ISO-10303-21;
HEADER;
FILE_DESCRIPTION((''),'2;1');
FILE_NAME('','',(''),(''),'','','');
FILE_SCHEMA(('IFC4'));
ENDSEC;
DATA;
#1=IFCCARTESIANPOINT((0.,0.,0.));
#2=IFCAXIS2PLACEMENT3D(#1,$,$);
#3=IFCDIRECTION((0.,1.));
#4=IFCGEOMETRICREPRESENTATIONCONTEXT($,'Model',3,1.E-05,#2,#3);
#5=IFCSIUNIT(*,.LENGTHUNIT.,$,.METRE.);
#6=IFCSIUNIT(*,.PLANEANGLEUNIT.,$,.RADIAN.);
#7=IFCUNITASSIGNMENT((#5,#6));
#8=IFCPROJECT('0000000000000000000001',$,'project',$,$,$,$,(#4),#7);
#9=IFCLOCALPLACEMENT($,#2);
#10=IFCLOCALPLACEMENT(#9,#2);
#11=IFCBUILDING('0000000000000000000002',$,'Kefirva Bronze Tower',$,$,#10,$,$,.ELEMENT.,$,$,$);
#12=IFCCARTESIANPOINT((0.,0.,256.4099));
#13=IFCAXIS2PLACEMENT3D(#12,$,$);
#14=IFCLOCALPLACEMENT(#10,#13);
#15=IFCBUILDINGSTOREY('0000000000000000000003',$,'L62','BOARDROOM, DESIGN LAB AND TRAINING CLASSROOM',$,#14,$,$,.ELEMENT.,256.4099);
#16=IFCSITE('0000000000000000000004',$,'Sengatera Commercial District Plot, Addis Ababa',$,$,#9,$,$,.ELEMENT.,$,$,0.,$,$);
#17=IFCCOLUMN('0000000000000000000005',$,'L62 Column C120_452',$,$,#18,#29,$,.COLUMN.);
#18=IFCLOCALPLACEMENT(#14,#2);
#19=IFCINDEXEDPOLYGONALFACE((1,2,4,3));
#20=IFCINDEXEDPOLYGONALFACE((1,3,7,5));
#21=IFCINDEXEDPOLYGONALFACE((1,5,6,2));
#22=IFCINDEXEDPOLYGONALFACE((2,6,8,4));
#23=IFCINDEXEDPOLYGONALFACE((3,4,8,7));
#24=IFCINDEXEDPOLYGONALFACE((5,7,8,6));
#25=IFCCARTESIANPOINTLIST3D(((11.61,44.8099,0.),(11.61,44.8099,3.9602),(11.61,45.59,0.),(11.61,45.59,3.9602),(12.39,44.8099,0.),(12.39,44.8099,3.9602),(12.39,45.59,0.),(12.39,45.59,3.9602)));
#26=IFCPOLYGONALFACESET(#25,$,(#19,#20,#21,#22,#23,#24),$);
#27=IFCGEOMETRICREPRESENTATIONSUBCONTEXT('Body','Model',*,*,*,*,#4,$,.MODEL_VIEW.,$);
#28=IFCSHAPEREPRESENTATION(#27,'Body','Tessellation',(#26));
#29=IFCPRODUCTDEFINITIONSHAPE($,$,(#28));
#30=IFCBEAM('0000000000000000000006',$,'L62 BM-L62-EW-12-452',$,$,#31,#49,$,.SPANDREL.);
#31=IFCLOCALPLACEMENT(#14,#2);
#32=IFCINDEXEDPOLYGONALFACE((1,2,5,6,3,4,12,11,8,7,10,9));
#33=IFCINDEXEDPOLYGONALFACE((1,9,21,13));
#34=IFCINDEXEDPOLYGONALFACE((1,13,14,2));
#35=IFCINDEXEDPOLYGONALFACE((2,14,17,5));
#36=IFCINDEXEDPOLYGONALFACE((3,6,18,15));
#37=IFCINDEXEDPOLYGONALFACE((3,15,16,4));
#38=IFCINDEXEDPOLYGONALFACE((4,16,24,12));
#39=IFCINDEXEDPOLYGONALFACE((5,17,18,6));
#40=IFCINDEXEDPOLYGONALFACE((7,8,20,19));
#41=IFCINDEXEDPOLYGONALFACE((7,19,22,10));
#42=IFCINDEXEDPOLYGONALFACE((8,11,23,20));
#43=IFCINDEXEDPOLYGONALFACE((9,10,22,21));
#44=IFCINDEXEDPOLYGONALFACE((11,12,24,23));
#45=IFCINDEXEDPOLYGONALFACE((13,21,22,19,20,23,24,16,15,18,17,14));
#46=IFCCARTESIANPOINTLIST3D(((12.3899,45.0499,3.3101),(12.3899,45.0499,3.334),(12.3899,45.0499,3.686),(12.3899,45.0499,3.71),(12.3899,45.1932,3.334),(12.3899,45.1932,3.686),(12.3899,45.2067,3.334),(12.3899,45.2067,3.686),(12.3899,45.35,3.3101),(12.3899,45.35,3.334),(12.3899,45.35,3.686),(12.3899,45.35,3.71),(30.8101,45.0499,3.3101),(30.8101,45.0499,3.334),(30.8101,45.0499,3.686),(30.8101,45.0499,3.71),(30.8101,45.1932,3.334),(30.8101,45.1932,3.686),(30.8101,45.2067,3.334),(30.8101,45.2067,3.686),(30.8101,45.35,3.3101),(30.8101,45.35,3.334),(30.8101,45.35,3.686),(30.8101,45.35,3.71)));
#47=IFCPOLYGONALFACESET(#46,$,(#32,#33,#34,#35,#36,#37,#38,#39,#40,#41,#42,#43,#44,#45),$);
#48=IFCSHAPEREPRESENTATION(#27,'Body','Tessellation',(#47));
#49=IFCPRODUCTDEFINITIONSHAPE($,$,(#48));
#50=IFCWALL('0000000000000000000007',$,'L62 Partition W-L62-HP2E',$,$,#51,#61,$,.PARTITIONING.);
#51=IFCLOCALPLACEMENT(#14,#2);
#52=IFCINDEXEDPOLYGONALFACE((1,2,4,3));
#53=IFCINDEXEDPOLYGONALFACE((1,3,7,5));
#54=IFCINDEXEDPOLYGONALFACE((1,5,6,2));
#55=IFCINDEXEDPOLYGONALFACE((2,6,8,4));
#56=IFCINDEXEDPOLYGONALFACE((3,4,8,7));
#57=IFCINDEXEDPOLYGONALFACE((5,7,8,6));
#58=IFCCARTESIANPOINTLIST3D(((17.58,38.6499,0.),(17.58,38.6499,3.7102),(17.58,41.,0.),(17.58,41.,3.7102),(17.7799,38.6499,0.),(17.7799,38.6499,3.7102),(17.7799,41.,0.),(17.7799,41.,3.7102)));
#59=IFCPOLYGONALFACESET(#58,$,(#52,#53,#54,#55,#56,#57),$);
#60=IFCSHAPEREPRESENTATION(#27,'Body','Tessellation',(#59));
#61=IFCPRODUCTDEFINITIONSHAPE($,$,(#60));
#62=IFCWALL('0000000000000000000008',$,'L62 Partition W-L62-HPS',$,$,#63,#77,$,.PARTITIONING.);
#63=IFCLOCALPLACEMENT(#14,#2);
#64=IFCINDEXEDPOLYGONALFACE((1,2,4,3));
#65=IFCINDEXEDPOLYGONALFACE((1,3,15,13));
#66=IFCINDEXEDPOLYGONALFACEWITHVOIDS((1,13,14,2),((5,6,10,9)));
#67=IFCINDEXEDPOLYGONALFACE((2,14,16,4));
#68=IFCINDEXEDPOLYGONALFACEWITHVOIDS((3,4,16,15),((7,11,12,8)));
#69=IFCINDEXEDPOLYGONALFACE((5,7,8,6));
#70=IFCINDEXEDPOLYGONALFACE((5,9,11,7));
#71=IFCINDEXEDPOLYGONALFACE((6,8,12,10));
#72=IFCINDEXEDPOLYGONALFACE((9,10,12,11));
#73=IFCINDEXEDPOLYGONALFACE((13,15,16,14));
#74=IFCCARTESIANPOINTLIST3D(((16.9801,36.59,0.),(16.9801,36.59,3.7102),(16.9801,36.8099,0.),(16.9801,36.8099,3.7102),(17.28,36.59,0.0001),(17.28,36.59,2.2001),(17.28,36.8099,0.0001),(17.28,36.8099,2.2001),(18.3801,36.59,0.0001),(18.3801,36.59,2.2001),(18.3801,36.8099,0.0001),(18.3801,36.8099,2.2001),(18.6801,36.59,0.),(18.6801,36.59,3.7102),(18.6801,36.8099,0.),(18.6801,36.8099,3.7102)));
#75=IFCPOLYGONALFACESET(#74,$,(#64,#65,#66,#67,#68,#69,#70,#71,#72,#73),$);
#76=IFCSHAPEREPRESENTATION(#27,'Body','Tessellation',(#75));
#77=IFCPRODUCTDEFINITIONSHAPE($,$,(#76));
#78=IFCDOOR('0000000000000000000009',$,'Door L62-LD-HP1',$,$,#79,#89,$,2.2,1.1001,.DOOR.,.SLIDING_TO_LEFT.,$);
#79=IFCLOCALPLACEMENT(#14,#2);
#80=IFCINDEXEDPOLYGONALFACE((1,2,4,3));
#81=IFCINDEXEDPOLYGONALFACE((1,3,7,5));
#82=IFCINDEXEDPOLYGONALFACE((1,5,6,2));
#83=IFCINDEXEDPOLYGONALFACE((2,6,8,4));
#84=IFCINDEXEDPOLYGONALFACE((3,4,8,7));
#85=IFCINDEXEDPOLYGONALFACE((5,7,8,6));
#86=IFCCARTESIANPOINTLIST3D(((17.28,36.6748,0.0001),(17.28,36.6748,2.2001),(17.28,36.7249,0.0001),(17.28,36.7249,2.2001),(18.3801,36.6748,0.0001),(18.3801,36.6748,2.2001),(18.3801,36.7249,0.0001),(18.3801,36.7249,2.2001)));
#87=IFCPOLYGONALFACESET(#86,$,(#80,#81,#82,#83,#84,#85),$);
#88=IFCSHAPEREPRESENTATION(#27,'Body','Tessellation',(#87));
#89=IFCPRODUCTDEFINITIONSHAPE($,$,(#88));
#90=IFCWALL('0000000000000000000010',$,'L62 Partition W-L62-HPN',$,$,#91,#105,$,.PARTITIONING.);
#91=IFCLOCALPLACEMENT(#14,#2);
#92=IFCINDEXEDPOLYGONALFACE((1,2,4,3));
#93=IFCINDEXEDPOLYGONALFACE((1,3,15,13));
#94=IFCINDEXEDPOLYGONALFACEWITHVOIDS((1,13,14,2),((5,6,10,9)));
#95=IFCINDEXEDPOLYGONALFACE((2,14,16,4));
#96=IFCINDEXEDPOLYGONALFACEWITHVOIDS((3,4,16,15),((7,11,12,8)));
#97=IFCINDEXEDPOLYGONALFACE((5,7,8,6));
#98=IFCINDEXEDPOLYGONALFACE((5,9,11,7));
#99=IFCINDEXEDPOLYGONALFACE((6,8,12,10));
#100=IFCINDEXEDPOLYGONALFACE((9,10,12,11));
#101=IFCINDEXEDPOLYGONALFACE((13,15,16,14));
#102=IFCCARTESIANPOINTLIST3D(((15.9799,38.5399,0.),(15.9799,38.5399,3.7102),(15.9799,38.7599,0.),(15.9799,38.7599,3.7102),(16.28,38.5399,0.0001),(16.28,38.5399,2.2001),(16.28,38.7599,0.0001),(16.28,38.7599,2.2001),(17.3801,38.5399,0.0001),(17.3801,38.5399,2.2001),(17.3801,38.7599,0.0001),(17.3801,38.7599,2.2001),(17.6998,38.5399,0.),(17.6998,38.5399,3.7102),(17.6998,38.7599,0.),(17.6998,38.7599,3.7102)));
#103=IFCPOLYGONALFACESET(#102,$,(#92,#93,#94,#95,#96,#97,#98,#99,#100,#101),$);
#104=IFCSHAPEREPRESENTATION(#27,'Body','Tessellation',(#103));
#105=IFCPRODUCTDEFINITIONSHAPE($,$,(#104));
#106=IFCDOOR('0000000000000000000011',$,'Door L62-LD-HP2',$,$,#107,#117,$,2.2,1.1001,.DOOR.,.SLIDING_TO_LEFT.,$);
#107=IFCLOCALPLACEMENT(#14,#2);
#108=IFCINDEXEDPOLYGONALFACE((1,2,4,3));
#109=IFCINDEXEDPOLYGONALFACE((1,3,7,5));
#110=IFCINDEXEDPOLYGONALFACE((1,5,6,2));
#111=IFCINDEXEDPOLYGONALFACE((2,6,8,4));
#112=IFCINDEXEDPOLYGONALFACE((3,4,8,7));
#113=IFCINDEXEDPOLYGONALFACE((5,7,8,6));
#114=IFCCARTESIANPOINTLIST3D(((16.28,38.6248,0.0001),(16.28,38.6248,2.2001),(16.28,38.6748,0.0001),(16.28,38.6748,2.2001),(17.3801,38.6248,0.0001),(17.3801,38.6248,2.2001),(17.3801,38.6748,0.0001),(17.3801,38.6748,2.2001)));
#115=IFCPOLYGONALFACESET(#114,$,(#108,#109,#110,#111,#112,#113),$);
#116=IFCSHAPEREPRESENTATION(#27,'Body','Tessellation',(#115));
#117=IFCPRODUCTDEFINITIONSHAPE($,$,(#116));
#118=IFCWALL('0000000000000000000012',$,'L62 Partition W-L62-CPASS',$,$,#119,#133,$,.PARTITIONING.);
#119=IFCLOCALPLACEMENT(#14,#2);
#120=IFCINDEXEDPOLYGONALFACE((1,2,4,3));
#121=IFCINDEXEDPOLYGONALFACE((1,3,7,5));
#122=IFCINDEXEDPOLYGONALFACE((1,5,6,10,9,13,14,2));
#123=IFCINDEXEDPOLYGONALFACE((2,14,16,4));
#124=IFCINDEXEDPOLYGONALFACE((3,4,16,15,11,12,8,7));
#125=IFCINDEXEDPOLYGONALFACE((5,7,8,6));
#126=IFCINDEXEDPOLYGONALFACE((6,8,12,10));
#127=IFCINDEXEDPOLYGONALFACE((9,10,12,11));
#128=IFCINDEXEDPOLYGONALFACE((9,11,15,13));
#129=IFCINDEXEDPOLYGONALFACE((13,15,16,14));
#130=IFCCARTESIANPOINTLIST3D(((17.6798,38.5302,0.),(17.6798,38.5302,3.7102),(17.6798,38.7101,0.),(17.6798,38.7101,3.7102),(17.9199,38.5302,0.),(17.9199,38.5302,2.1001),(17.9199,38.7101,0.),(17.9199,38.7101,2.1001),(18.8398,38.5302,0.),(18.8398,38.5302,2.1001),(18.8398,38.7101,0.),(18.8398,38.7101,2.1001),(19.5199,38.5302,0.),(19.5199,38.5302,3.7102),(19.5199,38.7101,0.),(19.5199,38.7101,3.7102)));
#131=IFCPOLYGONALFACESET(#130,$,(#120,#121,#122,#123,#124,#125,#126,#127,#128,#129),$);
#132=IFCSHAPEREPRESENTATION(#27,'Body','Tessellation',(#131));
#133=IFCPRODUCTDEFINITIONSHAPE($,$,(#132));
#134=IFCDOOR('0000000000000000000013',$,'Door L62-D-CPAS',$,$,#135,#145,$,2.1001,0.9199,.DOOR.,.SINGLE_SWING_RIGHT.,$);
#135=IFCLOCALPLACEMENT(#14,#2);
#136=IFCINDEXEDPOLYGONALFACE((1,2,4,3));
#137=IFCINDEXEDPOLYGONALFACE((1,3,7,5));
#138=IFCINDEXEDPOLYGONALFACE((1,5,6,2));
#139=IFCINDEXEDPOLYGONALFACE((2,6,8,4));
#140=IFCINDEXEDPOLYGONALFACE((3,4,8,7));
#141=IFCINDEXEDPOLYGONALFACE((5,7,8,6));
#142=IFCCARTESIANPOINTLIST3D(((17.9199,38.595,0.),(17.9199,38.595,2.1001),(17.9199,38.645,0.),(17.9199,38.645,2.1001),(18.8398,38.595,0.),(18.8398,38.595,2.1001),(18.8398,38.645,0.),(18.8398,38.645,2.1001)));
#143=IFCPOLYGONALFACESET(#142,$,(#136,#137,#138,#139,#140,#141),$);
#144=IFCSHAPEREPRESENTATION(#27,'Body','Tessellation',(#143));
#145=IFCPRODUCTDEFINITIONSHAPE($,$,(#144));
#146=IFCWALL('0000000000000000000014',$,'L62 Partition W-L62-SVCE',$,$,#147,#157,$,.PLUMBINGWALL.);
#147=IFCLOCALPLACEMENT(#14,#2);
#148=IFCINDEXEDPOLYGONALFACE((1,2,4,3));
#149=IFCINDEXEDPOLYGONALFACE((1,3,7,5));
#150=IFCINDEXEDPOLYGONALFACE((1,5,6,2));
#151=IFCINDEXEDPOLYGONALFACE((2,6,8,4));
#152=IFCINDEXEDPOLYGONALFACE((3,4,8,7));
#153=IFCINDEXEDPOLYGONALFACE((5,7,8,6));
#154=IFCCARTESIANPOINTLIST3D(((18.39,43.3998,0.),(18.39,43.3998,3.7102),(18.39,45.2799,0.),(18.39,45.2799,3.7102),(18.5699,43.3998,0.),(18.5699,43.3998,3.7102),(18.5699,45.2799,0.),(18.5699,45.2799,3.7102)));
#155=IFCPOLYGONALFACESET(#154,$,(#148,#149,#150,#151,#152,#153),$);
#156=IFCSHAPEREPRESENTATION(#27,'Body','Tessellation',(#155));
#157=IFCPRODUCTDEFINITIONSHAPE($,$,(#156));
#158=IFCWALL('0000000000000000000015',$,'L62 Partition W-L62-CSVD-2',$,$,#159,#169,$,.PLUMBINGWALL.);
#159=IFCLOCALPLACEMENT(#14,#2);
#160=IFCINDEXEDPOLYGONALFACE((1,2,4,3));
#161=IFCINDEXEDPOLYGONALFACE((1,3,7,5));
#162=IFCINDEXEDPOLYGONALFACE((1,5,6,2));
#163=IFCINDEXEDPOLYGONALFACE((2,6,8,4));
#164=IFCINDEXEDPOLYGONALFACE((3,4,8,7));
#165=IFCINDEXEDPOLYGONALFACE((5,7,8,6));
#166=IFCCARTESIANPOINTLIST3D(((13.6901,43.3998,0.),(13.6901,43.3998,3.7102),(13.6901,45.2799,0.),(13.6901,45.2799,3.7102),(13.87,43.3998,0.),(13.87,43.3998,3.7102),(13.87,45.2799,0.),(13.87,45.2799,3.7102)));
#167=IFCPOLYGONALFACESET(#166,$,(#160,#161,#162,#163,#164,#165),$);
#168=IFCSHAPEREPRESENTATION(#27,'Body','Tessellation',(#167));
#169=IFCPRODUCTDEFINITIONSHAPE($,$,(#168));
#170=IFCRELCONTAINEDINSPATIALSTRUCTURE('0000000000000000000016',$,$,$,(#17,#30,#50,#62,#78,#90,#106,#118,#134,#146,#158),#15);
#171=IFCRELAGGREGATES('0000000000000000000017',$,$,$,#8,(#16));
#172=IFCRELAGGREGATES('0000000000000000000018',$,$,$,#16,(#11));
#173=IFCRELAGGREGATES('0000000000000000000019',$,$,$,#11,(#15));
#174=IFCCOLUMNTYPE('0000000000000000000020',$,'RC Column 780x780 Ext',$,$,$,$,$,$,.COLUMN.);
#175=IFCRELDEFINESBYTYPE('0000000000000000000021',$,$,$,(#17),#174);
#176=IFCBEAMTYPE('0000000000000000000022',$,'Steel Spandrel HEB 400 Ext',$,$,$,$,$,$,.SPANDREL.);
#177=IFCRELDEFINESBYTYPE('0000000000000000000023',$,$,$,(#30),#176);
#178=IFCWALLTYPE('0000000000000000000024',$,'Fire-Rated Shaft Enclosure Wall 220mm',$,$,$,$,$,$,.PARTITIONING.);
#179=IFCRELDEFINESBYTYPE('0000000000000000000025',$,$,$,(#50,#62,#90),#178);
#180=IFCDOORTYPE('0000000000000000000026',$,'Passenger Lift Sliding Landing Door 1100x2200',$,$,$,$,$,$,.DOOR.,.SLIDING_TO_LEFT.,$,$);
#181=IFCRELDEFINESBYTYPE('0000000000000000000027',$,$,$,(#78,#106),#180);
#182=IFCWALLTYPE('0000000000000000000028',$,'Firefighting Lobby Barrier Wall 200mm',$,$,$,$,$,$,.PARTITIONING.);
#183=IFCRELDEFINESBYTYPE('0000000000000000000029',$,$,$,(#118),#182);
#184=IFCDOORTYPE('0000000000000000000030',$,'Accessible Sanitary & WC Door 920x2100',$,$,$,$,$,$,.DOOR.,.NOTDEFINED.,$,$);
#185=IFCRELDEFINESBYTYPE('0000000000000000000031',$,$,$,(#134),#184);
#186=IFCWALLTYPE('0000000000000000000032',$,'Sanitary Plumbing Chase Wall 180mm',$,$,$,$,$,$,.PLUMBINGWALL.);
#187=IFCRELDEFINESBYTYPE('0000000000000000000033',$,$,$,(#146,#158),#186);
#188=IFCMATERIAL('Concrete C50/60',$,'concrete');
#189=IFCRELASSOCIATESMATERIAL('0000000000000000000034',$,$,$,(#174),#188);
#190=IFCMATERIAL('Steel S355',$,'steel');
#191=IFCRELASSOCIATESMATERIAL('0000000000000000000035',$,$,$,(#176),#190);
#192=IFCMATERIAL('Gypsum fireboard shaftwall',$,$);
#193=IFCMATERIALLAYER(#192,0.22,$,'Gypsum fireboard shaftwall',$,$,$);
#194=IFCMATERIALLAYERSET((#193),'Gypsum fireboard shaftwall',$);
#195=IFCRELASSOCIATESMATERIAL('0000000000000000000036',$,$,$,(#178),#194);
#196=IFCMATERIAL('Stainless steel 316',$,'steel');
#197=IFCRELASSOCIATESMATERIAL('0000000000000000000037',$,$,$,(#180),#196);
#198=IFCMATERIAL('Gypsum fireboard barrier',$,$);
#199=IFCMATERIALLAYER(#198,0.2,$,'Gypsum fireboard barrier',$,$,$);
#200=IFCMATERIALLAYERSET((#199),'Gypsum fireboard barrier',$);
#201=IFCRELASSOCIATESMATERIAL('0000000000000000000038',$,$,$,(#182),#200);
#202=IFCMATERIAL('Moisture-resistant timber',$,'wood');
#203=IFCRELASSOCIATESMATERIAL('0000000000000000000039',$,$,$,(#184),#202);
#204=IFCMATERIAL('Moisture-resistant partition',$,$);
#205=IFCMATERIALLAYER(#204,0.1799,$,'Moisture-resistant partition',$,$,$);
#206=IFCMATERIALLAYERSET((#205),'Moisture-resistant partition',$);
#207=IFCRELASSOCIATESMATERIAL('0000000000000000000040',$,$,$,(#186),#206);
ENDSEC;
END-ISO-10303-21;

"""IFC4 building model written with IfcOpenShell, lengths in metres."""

from ifc_helpers import new_model, si_unit, direction, frame, frame_2d, origin, origin_2d, place, context, subcontext, project, spatial, rectangle, i_section, extrude, material, layer, layer_set, material_profile, profile_set, type_object, element, fill, save


model = new_model("IFC4")

# Units and contexts
model_context = context("Model", 3, precision=1e-05, world=origin(), true_north=direction((0.0, 1.0)))
body_context = subcontext(model_context, "Body", "Model", "MODEL_VIEW")
ifc_project = project(units=[si_unit("LENGTHUNIT", "METRE"), si_unit("PLANEANGLEUNIT", "RADIAN")], contexts=[model_context])

# Site, building, storey
site_placement = place(None, origin())
site = spatial("IfcSite", under=ifc_project, at=site_placement, Name="Sengatera Commercial District Plot, Addis Ababa", CompositionType="ELEMENT", RefElevation=0.0)
building_placement = place(site_placement, origin())
building = spatial("IfcBuilding", under=site, at=building_placement, Name="Kefirva Bronze Tower", CompositionType="ELEMENT")
storey_placement = place(building_placement, frame((0.0, 0.0, 256.4099)))
storey = spatial("IfcBuildingStorey", under=building, at=storey_placement, Name="L62", Description="BOARDROOM, DESIGN LAB AND TRAINING CLASSROOM", CompositionType="ELEMENT", Elevation=256.4099)

# Column
ifc_material_1 = material(Name="Concrete C50/60", Category="concrete")
ifc_material_profile_1 = material_profile(ifc_material_1, rectangle(XDim=0.78, YDim=0.78, at=origin_2d()), Name="RC 780x780")
ifc_profile_set_1 = profile_set([ifc_material_profile_1], Name="Concrete C50/60")
column_type = type_object("IfcColumnType", Name="RC Column 780x780 Ext", PredefinedType="COLUMN", material=ifc_profile_set_1)
column_placement = place(storey_placement, frame((12.0, 45.2, 0.0), z_axis=(0.0, 0.0, 1.0), x_axis=(1.0, 0.0, 0.0)))
element("IfcColumn", 1, at=column_placement, inside=storey, type_object=column_type, Name="L62 Column C120_452", PredefinedType="COLUMN", context=body_context, shape_type="SweptSolid", body=[
    extrude(rectangle(XDim=0.78, YDim=0.78, at=origin_2d()), origin(), (0.0, 0.0, 1.0), 3.9602),
])

# Beam
ifc_material_2 = material(Name="Steel S355", Category="steel")
ifc_material_profile_2 = material_profile(ifc_material_2, i_section(OverallWidth=0.3, OverallDepth=0.3999, WebThickness=0.0134, FlangeThickness=0.0239, at=origin_2d()), Name="HEB 400")
ifc_profile_set_2 = profile_set([ifc_material_profile_2], Name="Steel S355")
beam_type = type_object("IfcBeamType", Name="Steel Spandrel HEB 400 Ext", PredefinedType="SPANDREL", material=ifc_profile_set_2)
beam_placement = place(storey_placement, frame((12.3899, 45.2, 3.51), z_axis=(1.0, 0.0, 0.0), x_axis=(0.0, 1.0, 0.0)))
element("IfcBeam", 2, at=beam_placement, inside=storey, type_object=beam_type, Name="L62 BM-L62-EW-12-452", PredefinedType="SPANDREL", context=body_context, shape_type="SweptSolid", body=[
    extrude(i_section(OverallWidth=0.3, OverallDepth=0.3999, WebThickness=0.0134, FlangeThickness=0.0239, at=origin_2d()), origin(), (0.0, 0.0, 1.0), 18.4202),
])

# Wall
ifc_material_3 = material(Name="Gypsum fireboard shaftwall")
ifc_layer_1 = layer(ifc_material_3, 0.22, Name="Gypsum fireboard shaftwall")
ifc_layer_set_1 = layer_set([ifc_layer_1], Name="Gypsum fireboard shaftwall")
wall_type_1 = type_object("IfcWallType", Name="Fire-Rated Shaft Enclosure Wall 220mm", PredefinedType="PARTITIONING", material=ifc_layer_set_1)
wall_1_placement = place(storey_placement, frame((17.6799, 38.6499, 0.0), z_axis=(0.0, 0.0, 1.0), x_axis=(0.0, 1.0, 0.0)))
element("IfcWall", 3, at=wall_1_placement, inside=storey, type_object=wall_type_1, Name="L62 Partition W-L62-HP2E", PredefinedType="PARTITIONING", context=body_context, shape_type="SweptSolid", body=[
    extrude(rectangle(XDim=2.3501, YDim=0.2, at=frame_2d((1.175, 0.0))), origin(), (0.0, 0.0, 1.0), 3.7102),
])

# Walls, openings, doors
wall_2_placement = place(storey_placement, frame((16.98, 36.7, 0.0), z_axis=(0.0, 0.0, 1.0), x_axis=(1.0, 0.0, 0.0)))
wall_2 = element("IfcWall", 4, at=wall_2_placement, inside=storey, type_object=wall_type_1, Name="L62 Partition W-L62-HPS", PredefinedType="PARTITIONING", context=body_context, shape_type="SweptSolid", body=[
    extrude(rectangle(XDim=1.7, YDim=0.22, at=frame_2d((0.8501, 0.0))), origin(), (0.0, 0.0, 1.0), 3.7102),
])
opening_1_placement = place(wall_2_placement, frame((0.3, 0.0, 0.0)))
opening_1 = element("IfcOpeningElement", 5, at=opening_1_placement, cuts=wall_2, PredefinedType="OPENING", context=body_context, shape_type="SweptSolid", body=[
    extrude(rectangle(XDim=1.1001, YDim=2.2, at=frame_2d((0.55, 1.1001))), frame((0.0, 0.1201, 0.0), z_axis=(0.0, -1.0, 0.0), x_axis=(1.0, 0.0, 0.0)), (0.0, 0.0, 1.0), 0.24),
])
ifc_material_4 = material(Name="Stainless steel 316", Category="steel")
door_type_1 = type_object("IfcDoorType", Name="Passenger Lift Sliding Landing Door 1100x2200", OperationType="SLIDING_TO_LEFT", PredefinedType="DOOR", material=ifc_material_4)
door_1_placement = place(opening_1_placement, origin())
door_1 = element("IfcDoor", 6, at=door_1_placement, inside=storey, type_object=door_type_1, Name="Door L62-LD-HP1", OperationType="SLIDING_TO_LEFT", OverallHeight=2.2, OverallWidth=1.1001, PredefinedType="DOOR", context=body_context, shape_type="SweptSolid", body=[
    extrude(rectangle(XDim=1.1001, YDim=2.2, at=frame_2d((0.55, 1.1001))), frame((0.0, 0.0249, 0.0), z_axis=(0.0, -1.0, 0.0), x_axis=(1.0, 0.0, 0.0)), (0.0, 0.0, 1.0), 0.05),
])
fill(opening_1, door_1)
wall_3_placement = place(storey_placement, frame((15.98, 38.6499, 0.0), z_axis=(0.0, 0.0, 1.0), x_axis=(1.0, 0.0, 0.0)))
wall_3 = element("IfcWall", 7, at=wall_3_placement, inside=storey, type_object=wall_type_1, Name="L62 Partition W-L62-HPN", PredefinedType="PARTITIONING", context=body_context, shape_type="SweptSolid", body=[
    extrude(rectangle(XDim=1.72, YDim=0.22, at=frame_2d((0.8599, 0.0))), origin(), (0.0, 0.0, 1.0), 3.7102),
])
opening_2_placement = place(wall_3_placement, frame((0.3, 0.0, 0.0)))
opening_2 = element("IfcOpeningElement", 8, at=opening_2_placement, cuts=wall_3, PredefinedType="OPENING", context=body_context, shape_type="SweptSolid", body=[
    extrude(rectangle(XDim=1.1001, YDim=2.2, at=frame_2d((0.55, 1.1001))), frame((0.0, 0.1201, 0.0), z_axis=(0.0, -1.0, 0.0), x_axis=(1.0, 0.0, 0.0)), (0.0, 0.0, 1.0), 0.24),
])
door_2_placement = place(opening_2_placement, origin())
door_2 = element("IfcDoor", 9, at=door_2_placement, inside=storey, type_object=door_type_1, Name="Door L62-LD-HP2", OperationType="SLIDING_TO_LEFT", OverallHeight=2.2, OverallWidth=1.1001, PredefinedType="DOOR", context=body_context, shape_type="SweptSolid", body=[
    extrude(rectangle(XDim=1.1001, YDim=2.2, at=frame_2d((0.55, 1.1001))), frame((0.0, 0.0249, 0.0), z_axis=(0.0, -1.0, 0.0), x_axis=(1.0, 0.0, 0.0)), (0.0, 0.0, 1.0), 0.05),
])
fill(opening_2, door_2)
ifc_material_5 = material(Name="Gypsum fireboard barrier")
ifc_layer_2 = layer(ifc_material_5, 0.2, Name="Gypsum fireboard barrier")
ifc_layer_set_2 = layer_set([ifc_layer_2], Name="Gypsum fireboard barrier")
wall_type_2 = type_object("IfcWallType", Name="Firefighting Lobby Barrier Wall 200mm", PredefinedType="PARTITIONING", material=ifc_layer_set_2)
wall_4_placement = place(storey_placement, frame((17.6799, 38.6201, 0.0), z_axis=(0.0, 0.0, 1.0), x_axis=(1.0, 0.0, 0.0)))
wall_4 = element("IfcWall", 10, at=wall_4_placement, inside=storey, type_object=wall_type_2, Name="L62 Partition W-L62-CPASS", PredefinedType="PARTITIONING", context=body_context, shape_type="SweptSolid", body=[
    extrude(rectangle(XDim=1.8401, YDim=0.1799, at=frame_2d((0.9199, 0.0))), origin(), (0.0, 0.0, 1.0), 3.7102),
])
opening_3_placement = place(wall_4_placement, frame((0.24, 0.0, 0.0)))
opening_3 = element("IfcOpeningElement", 11, at=opening_3_placement, cuts=wall_4, PredefinedType="OPENING", context=body_context, shape_type="SweptSolid", body=[
    extrude(rectangle(XDim=0.9199, YDim=2.1001, at=frame_2d((0.46, 1.05))), frame((0.0, 0.1001, 0.0), z_axis=(0.0, -1.0, 0.0), x_axis=(1.0, 0.0, 0.0)), (0.0, 0.0, 1.0), 0.2),
])
ifc_material_6 = material(Name="Moisture-resistant timber", Category="wood")
door_type_2 = type_object("IfcDoorType", Name="Accessible Sanitary & WC Door 920x2100", OperationType="NOTDEFINED", PredefinedType="DOOR", material=ifc_material_6)
door_3_placement = place(opening_3_placement, origin())
door_3 = element("IfcDoor", 12, at=door_3_placement, inside=storey, type_object=door_type_2, Name="Door L62-D-CPAS", OperationType="SINGLE_SWING_RIGHT", OverallHeight=2.1001, OverallWidth=0.9199, PredefinedType="DOOR", context=body_context, shape_type="SweptSolid", body=[
    extrude(rectangle(XDim=0.9199, YDim=2.1001, at=frame_2d((0.46, 1.05))), frame((0.0, 0.0249, 0.0), z_axis=(0.0, -1.0, 0.0), x_axis=(1.0, 0.0, 0.0)), (0.0, 0.0, 1.0), 0.05),
])
fill(opening_3, door_3)

# Walls
ifc_material_7 = material(Name="Moisture-resistant partition")
ifc_layer_3 = layer(ifc_material_7, 0.1799, Name="Moisture-resistant partition")
ifc_layer_set_3 = layer_set([ifc_layer_3], Name="Moisture-resistant partition")
wall_type_3 = type_object("IfcWallType", Name="Sanitary Plumbing Chase Wall 180mm", PredefinedType="PLUMBINGWALL", material=ifc_layer_set_3)
for number, where, z_axis, x_axis, name in (
    (13, (18.48, 43.3999, 0.0), (0.0, 0.0, 1.0), (0.0, 1.0, 0.0), "L62 Partition W-L62-SVCE"),
    (14, (13.78, 43.3999, 0.0), (0.0, 0.0, 1.0), (0.0, 1.0, 0.0), "L62 Partition W-L62-CSVD-2"),
):
    element("IfcWall", number, at=place(storey_placement, frame(where, z_axis=z_axis, x_axis=x_axis)), inside=storey, type_object=wall_type_3, Name=name, PredefinedType="PLUMBINGWALL", context=body_context, shape_type="SweptSolid", body=[
        extrude(rectangle(XDim=1.8801, YDim=0.1799, at=frame_2d((0.9399, 0.0))), origin(), (0.0, 0.0, 1.0), 3.7102),
    ])

save(model, "model.ifc")
